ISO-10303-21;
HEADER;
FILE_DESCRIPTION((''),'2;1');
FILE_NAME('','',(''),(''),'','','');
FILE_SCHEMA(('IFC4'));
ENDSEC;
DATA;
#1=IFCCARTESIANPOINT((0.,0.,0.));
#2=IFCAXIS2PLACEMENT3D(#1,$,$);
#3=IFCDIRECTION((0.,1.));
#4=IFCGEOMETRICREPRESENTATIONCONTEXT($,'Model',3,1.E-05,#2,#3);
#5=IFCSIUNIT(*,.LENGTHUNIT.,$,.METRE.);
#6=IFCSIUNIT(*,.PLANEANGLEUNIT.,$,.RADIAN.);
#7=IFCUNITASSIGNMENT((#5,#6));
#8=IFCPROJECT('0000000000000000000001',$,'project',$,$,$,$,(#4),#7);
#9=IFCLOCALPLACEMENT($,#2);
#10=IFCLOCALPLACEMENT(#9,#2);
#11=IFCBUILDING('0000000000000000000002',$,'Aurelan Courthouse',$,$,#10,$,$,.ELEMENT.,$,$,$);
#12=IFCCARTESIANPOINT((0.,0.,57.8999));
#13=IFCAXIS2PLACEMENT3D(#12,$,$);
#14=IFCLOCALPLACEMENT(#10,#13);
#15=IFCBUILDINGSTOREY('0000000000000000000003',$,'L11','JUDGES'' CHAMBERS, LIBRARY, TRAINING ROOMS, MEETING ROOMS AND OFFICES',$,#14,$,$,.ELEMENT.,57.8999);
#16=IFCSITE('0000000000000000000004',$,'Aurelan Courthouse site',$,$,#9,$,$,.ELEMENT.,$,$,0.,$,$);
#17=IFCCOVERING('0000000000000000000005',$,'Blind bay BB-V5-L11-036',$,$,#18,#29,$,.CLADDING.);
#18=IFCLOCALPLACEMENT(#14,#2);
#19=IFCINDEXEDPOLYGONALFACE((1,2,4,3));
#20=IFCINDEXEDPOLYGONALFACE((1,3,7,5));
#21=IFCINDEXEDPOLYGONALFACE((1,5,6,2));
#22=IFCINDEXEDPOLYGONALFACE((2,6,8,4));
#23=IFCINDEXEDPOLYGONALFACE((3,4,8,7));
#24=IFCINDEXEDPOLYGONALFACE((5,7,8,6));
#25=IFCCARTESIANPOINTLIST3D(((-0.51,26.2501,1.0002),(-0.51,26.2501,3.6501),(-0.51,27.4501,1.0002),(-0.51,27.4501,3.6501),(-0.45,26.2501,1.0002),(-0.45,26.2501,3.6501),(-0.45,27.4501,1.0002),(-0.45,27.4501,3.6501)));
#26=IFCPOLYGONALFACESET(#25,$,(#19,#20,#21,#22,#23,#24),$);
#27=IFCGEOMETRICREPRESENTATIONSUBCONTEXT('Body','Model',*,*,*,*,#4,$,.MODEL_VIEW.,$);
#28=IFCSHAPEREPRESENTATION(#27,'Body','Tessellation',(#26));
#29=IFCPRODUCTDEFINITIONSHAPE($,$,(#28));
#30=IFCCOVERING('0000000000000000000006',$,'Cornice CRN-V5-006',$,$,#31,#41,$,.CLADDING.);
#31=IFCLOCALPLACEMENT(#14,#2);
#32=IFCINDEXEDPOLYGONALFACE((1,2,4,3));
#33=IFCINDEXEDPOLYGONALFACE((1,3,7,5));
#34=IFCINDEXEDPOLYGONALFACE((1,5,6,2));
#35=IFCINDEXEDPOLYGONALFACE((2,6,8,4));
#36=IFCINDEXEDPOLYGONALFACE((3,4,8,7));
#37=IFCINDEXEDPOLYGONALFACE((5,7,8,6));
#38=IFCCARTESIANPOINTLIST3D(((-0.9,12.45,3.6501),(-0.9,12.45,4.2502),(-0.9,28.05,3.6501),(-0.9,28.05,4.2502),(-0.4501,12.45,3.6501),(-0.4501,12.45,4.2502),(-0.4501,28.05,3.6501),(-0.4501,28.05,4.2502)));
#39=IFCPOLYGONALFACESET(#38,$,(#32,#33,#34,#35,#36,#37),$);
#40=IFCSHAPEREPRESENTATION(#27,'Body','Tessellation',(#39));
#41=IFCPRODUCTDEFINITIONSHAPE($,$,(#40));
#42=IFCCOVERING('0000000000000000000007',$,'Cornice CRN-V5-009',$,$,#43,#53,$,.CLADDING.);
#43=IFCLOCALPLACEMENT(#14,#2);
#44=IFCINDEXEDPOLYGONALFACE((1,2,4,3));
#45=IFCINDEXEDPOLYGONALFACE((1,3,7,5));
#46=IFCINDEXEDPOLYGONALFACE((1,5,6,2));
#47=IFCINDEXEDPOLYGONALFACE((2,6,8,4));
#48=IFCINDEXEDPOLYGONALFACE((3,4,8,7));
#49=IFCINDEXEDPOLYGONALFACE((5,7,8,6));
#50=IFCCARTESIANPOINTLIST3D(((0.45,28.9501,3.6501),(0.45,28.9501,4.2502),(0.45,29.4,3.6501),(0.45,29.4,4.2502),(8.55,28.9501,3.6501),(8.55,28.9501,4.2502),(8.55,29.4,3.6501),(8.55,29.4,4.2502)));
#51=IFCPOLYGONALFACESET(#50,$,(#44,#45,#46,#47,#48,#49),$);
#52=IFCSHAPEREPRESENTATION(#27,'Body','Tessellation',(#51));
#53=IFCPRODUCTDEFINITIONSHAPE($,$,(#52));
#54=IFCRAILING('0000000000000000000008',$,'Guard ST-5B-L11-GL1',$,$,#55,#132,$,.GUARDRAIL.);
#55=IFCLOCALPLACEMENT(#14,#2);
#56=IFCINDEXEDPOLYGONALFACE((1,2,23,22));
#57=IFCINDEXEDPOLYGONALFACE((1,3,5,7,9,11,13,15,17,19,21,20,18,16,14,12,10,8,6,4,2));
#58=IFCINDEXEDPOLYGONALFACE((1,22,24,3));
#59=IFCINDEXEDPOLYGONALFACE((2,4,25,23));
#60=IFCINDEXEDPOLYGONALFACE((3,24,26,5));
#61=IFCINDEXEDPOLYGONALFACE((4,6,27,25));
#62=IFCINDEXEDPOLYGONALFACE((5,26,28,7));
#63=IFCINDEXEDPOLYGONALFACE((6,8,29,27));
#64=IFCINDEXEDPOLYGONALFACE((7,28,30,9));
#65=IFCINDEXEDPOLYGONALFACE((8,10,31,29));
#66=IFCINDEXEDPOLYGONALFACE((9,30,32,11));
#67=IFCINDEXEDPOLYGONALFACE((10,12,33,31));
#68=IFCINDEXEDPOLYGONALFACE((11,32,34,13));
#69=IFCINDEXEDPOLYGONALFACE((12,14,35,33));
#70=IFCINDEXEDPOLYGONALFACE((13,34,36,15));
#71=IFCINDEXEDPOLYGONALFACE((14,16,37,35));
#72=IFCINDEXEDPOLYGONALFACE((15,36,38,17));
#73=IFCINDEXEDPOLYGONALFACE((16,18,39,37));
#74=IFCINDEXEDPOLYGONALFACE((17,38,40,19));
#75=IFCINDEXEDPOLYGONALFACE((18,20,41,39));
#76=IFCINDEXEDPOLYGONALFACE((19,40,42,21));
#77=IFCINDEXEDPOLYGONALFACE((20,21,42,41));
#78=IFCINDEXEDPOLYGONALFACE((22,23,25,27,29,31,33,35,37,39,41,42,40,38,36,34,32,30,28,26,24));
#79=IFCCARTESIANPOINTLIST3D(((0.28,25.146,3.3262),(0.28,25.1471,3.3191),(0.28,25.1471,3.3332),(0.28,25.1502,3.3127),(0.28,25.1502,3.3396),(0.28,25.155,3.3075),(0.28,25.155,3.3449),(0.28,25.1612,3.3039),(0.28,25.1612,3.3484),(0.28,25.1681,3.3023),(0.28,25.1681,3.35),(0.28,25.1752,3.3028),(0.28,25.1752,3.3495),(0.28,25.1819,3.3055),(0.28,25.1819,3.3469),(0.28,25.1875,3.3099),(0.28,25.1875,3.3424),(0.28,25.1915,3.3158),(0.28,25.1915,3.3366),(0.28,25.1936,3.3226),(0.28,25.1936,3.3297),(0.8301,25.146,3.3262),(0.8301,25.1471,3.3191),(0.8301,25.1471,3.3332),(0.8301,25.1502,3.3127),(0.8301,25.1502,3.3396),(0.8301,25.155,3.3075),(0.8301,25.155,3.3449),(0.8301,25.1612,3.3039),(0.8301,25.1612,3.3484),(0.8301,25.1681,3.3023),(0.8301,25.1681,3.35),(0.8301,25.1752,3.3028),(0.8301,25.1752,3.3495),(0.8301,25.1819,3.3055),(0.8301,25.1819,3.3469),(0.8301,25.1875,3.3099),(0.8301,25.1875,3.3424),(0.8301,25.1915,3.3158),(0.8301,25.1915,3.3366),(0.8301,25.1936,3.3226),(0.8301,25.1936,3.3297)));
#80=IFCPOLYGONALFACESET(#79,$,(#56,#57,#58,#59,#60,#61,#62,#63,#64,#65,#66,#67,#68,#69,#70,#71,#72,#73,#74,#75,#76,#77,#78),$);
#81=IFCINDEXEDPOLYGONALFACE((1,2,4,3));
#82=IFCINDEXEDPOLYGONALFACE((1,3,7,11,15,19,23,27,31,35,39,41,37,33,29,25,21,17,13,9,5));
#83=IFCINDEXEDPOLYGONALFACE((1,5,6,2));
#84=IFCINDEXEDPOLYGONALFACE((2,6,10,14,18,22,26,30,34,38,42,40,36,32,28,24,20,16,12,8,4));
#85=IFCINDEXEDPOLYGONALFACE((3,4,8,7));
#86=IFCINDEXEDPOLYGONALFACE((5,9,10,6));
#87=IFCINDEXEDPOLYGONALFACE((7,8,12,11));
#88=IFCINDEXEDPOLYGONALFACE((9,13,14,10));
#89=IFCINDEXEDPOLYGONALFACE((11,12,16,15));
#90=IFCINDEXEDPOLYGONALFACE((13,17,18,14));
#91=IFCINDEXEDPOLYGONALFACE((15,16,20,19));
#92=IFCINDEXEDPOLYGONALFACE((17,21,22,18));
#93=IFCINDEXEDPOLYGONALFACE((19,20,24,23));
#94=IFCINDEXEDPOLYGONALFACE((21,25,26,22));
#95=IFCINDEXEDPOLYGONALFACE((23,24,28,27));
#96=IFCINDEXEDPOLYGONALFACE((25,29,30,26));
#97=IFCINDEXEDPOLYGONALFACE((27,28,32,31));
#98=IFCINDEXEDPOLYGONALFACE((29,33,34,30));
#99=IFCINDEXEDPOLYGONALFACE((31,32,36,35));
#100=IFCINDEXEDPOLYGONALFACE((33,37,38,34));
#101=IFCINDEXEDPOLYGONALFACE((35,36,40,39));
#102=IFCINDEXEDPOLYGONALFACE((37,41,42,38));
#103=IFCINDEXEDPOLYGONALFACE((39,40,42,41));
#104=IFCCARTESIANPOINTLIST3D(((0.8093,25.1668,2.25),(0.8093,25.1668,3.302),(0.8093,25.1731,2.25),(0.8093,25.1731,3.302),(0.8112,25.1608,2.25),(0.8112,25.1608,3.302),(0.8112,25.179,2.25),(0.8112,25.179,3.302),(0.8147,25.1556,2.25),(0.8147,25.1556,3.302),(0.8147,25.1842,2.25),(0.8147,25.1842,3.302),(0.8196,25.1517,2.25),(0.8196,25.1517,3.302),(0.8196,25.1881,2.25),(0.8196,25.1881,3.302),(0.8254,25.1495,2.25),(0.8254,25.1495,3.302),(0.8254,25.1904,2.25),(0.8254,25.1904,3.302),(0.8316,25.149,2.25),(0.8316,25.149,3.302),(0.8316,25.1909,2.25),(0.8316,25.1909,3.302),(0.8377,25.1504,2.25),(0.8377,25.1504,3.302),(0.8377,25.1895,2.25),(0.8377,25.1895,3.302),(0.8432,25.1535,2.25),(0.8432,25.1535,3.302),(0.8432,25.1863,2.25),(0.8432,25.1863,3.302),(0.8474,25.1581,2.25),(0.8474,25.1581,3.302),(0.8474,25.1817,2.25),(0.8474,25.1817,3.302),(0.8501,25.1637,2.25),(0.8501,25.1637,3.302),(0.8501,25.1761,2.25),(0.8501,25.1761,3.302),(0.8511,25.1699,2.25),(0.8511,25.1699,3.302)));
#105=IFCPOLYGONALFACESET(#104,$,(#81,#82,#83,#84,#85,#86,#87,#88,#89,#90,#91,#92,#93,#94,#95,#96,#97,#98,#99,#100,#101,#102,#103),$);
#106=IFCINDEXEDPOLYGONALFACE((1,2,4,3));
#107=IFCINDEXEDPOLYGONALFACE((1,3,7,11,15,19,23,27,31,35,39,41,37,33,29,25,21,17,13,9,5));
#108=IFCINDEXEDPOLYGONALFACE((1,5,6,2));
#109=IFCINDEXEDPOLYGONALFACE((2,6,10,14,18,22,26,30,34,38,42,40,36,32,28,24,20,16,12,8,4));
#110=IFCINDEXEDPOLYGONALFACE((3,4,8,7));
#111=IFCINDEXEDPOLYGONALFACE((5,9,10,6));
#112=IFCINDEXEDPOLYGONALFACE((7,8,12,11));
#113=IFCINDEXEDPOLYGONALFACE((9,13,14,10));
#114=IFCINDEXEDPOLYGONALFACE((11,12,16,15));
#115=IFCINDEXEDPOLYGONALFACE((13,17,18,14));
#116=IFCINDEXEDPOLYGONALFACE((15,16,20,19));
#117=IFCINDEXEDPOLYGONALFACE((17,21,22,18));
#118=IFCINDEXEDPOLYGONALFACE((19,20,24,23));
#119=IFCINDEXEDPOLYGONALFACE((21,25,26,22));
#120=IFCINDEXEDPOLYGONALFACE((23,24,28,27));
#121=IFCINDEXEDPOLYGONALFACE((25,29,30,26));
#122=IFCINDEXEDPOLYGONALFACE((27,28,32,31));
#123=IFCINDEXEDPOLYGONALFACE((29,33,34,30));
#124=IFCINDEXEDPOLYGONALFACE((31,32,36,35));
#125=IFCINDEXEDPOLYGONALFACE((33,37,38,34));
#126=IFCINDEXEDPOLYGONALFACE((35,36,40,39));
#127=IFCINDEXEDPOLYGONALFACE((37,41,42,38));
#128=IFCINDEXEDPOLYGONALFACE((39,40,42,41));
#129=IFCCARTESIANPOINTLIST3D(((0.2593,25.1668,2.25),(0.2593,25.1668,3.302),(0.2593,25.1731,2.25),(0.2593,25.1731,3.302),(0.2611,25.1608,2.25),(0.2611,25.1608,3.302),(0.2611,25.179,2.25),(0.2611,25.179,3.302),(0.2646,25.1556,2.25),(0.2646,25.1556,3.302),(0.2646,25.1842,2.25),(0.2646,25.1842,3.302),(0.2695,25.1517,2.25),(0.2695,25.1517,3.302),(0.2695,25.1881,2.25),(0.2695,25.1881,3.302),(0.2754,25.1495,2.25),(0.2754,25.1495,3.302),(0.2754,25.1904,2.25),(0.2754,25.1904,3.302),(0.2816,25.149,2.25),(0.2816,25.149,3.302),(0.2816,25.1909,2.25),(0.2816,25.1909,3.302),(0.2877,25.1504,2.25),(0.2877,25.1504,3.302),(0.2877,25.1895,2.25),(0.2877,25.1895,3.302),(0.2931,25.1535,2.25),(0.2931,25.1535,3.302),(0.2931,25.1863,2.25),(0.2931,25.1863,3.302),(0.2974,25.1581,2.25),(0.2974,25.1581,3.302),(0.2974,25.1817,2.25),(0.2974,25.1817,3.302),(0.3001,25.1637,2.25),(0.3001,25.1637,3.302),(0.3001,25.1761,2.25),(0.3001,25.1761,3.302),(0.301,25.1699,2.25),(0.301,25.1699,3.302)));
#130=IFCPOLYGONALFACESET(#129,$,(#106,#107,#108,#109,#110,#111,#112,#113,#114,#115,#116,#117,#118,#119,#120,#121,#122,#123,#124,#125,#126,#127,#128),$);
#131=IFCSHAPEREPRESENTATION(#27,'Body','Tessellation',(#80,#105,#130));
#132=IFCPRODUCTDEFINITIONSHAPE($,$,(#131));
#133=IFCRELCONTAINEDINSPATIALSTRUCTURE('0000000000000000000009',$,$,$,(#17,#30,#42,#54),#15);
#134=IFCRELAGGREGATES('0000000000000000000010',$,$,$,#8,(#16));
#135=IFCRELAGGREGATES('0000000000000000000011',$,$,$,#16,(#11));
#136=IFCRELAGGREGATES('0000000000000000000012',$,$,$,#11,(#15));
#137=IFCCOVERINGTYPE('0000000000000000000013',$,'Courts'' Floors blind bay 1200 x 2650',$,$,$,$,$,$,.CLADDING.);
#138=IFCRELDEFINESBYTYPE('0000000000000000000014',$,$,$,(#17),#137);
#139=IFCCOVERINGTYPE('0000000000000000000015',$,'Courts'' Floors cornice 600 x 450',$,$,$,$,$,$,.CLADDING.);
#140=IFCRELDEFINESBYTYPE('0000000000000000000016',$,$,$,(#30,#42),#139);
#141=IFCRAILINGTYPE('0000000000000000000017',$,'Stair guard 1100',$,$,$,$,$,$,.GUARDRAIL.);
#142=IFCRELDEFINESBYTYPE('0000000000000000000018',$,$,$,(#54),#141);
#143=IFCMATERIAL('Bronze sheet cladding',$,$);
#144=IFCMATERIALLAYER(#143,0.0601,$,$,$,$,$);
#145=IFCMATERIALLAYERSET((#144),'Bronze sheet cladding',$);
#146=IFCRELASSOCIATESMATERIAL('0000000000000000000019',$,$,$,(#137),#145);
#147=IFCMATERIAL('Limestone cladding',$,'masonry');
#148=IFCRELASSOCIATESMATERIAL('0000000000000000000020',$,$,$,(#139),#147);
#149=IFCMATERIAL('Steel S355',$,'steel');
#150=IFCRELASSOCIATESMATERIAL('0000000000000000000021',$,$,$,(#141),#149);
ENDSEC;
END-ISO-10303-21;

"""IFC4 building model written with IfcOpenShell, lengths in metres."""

from ifc_helpers import new_model, si_unit, direction, frame, origin, origin_2d, place, context, subcontext, project, spatial, rectangle, circle, extrude, material, layer, layer_set, type_object, element, save


model = new_model("IFC4")

# Units and contexts
model_context = context("Model", 3, precision=1e-05, world=origin(), true_north=direction((0.0, 1.0)))
body_context = subcontext(model_context, "Body", "Model", "MODEL_VIEW")
ifc_project = project(units=[si_unit("LENGTHUNIT", "METRE"), si_unit("PLANEANGLEUNIT", "RADIAN")], contexts=[model_context])

# Site, building, storey
site_placement = place(None, origin())
site = spatial("IfcSite", under=ifc_project, at=site_placement, Name="Aurelan Courthouse site", CompositionType="ELEMENT", RefElevation=0.0)
building_placement = place(site_placement, origin())
building = spatial("IfcBuilding", under=site, at=building_placement, Name="Aurelan Courthouse", CompositionType="ELEMENT")
storey_placement = place(building_placement, frame((0.0, 0.0, 57.8999)))
storey = spatial("IfcBuildingStorey", under=building, at=storey_placement, Name="L11", Description="JUDGES' CHAMBERS, LIBRARY, TRAINING ROOMS, MEETING ROOMS AND OFFICES", CompositionType="ELEMENT", Elevation=57.8999)

# Shared definitions
ifc_material_1 = material(Name="Limestone cladding", Category="masonry")

# Coverings
ifc_material_2 = material(Name="Bronze sheet cladding")
ifc_layer_1 = layer(ifc_material_2, 0.0601)
ifc_layer_set_1 = layer_set([ifc_layer_1], Name="Bronze sheet cladding")
covering_type_1 = type_object("IfcCoveringType", Name="Courts' Floors blind bay 1200 x 2650", PredefinedType="CLADDING", material=ifc_layer_set_1)
for number, where, z_axis, x_axis, name in (
    (1, (-0.48, 26.8501, 1.0002), (0.0, 0.0, 1.0), (1.0, 0.0, 0.0), "Blind bay BB-V5-L11-036"),
):
    element("IfcCovering", number, at=place(storey_placement, frame(where, z_axis=z_axis, x_axis=x_axis)), inside=storey, type_object=covering_type_1, Name=name, PredefinedType="CLADDING", context=body_context, shape_type="SweptSolid", body=[
        extrude(rectangle(XDim=0.0601, YDim=1.2, at=origin_2d()), origin(), (0.0, 0.0, 1.0), 2.6499),
    ])
covering_type_2 = type_object("IfcCoveringType", Name="Courts' Floors cornice 600 x 450", PredefinedType="CLADDING", material=ifc_material_1)
covering_1_placement = place(storey_placement, frame((-0.675, 20.25, 3.6501), z_axis=(0.0, 0.0, 1.0), x_axis=(1.0, 0.0, 0.0)))
element("IfcCovering", 2, at=covering_1_placement, inside=storey, type_object=covering_type_2, Name="Cornice CRN-V5-006", PredefinedType="CLADDING", context=body_context, shape_type="SweptSolid", body=[
    extrude(rectangle(XDim=0.45, YDim=15.6001, at=origin_2d()), origin(), (0.0, 0.0, 1.0), 0.6001),
])
covering_2_placement = place(storey_placement, frame((4.5, 29.175, 3.6501), z_axis=(0.0, 0.0, 1.0), x_axis=(1.0, 0.0, 0.0)))
element("IfcCovering", 3, at=covering_2_placement, inside=storey, type_object=covering_type_2, Name="Cornice CRN-V5-009", PredefinedType="CLADDING", context=body_context, shape_type="SweptSolid", body=[
    extrude(rectangle(XDim=8.1001, YDim=0.45, at=origin_2d()), origin(), (0.0, 0.0, 1.0), 0.6001),
])

# Railing
ifc_material_3 = material(Name="Steel S355", Category="steel")
railing_type_1 = type_object("IfcRailingType", Name="Stair guard 1100", PredefinedType="GUARDRAIL", material=ifc_material_3)
railing_1_placement = place(storey_placement, frame((0.8301, 25.1699, 2.25)))
element("IfcRailing", 4, at=railing_1_placement, inside=storey, type_object=railing_type_1, Name="Guard ST-5B-L11-GL1", PredefinedType="GUARDRAIL", context=body_context, shape_type="SweptSolid", body=[
    extrude(circle(Radius=0.0239, at=origin_2d()), frame((0.0, 0.0, 1.0762), z_axis=(-1.0, 0.0, 0.0), x_axis=(0.0, -1.0, 0.0)), (0.0, 0.0, 1.0), 0.55),
    extrude(circle(Radius=0.021, at=origin_2d()), origin(), (0.0, 0.0, 1.0), 1.052),
    extrude(circle(Radius=0.021, at=origin_2d()), frame((-0.55, 0.0, 0.0)), (0.0, 0.0, 1.0), 1.052),
])

save(model, "model.ifc")
